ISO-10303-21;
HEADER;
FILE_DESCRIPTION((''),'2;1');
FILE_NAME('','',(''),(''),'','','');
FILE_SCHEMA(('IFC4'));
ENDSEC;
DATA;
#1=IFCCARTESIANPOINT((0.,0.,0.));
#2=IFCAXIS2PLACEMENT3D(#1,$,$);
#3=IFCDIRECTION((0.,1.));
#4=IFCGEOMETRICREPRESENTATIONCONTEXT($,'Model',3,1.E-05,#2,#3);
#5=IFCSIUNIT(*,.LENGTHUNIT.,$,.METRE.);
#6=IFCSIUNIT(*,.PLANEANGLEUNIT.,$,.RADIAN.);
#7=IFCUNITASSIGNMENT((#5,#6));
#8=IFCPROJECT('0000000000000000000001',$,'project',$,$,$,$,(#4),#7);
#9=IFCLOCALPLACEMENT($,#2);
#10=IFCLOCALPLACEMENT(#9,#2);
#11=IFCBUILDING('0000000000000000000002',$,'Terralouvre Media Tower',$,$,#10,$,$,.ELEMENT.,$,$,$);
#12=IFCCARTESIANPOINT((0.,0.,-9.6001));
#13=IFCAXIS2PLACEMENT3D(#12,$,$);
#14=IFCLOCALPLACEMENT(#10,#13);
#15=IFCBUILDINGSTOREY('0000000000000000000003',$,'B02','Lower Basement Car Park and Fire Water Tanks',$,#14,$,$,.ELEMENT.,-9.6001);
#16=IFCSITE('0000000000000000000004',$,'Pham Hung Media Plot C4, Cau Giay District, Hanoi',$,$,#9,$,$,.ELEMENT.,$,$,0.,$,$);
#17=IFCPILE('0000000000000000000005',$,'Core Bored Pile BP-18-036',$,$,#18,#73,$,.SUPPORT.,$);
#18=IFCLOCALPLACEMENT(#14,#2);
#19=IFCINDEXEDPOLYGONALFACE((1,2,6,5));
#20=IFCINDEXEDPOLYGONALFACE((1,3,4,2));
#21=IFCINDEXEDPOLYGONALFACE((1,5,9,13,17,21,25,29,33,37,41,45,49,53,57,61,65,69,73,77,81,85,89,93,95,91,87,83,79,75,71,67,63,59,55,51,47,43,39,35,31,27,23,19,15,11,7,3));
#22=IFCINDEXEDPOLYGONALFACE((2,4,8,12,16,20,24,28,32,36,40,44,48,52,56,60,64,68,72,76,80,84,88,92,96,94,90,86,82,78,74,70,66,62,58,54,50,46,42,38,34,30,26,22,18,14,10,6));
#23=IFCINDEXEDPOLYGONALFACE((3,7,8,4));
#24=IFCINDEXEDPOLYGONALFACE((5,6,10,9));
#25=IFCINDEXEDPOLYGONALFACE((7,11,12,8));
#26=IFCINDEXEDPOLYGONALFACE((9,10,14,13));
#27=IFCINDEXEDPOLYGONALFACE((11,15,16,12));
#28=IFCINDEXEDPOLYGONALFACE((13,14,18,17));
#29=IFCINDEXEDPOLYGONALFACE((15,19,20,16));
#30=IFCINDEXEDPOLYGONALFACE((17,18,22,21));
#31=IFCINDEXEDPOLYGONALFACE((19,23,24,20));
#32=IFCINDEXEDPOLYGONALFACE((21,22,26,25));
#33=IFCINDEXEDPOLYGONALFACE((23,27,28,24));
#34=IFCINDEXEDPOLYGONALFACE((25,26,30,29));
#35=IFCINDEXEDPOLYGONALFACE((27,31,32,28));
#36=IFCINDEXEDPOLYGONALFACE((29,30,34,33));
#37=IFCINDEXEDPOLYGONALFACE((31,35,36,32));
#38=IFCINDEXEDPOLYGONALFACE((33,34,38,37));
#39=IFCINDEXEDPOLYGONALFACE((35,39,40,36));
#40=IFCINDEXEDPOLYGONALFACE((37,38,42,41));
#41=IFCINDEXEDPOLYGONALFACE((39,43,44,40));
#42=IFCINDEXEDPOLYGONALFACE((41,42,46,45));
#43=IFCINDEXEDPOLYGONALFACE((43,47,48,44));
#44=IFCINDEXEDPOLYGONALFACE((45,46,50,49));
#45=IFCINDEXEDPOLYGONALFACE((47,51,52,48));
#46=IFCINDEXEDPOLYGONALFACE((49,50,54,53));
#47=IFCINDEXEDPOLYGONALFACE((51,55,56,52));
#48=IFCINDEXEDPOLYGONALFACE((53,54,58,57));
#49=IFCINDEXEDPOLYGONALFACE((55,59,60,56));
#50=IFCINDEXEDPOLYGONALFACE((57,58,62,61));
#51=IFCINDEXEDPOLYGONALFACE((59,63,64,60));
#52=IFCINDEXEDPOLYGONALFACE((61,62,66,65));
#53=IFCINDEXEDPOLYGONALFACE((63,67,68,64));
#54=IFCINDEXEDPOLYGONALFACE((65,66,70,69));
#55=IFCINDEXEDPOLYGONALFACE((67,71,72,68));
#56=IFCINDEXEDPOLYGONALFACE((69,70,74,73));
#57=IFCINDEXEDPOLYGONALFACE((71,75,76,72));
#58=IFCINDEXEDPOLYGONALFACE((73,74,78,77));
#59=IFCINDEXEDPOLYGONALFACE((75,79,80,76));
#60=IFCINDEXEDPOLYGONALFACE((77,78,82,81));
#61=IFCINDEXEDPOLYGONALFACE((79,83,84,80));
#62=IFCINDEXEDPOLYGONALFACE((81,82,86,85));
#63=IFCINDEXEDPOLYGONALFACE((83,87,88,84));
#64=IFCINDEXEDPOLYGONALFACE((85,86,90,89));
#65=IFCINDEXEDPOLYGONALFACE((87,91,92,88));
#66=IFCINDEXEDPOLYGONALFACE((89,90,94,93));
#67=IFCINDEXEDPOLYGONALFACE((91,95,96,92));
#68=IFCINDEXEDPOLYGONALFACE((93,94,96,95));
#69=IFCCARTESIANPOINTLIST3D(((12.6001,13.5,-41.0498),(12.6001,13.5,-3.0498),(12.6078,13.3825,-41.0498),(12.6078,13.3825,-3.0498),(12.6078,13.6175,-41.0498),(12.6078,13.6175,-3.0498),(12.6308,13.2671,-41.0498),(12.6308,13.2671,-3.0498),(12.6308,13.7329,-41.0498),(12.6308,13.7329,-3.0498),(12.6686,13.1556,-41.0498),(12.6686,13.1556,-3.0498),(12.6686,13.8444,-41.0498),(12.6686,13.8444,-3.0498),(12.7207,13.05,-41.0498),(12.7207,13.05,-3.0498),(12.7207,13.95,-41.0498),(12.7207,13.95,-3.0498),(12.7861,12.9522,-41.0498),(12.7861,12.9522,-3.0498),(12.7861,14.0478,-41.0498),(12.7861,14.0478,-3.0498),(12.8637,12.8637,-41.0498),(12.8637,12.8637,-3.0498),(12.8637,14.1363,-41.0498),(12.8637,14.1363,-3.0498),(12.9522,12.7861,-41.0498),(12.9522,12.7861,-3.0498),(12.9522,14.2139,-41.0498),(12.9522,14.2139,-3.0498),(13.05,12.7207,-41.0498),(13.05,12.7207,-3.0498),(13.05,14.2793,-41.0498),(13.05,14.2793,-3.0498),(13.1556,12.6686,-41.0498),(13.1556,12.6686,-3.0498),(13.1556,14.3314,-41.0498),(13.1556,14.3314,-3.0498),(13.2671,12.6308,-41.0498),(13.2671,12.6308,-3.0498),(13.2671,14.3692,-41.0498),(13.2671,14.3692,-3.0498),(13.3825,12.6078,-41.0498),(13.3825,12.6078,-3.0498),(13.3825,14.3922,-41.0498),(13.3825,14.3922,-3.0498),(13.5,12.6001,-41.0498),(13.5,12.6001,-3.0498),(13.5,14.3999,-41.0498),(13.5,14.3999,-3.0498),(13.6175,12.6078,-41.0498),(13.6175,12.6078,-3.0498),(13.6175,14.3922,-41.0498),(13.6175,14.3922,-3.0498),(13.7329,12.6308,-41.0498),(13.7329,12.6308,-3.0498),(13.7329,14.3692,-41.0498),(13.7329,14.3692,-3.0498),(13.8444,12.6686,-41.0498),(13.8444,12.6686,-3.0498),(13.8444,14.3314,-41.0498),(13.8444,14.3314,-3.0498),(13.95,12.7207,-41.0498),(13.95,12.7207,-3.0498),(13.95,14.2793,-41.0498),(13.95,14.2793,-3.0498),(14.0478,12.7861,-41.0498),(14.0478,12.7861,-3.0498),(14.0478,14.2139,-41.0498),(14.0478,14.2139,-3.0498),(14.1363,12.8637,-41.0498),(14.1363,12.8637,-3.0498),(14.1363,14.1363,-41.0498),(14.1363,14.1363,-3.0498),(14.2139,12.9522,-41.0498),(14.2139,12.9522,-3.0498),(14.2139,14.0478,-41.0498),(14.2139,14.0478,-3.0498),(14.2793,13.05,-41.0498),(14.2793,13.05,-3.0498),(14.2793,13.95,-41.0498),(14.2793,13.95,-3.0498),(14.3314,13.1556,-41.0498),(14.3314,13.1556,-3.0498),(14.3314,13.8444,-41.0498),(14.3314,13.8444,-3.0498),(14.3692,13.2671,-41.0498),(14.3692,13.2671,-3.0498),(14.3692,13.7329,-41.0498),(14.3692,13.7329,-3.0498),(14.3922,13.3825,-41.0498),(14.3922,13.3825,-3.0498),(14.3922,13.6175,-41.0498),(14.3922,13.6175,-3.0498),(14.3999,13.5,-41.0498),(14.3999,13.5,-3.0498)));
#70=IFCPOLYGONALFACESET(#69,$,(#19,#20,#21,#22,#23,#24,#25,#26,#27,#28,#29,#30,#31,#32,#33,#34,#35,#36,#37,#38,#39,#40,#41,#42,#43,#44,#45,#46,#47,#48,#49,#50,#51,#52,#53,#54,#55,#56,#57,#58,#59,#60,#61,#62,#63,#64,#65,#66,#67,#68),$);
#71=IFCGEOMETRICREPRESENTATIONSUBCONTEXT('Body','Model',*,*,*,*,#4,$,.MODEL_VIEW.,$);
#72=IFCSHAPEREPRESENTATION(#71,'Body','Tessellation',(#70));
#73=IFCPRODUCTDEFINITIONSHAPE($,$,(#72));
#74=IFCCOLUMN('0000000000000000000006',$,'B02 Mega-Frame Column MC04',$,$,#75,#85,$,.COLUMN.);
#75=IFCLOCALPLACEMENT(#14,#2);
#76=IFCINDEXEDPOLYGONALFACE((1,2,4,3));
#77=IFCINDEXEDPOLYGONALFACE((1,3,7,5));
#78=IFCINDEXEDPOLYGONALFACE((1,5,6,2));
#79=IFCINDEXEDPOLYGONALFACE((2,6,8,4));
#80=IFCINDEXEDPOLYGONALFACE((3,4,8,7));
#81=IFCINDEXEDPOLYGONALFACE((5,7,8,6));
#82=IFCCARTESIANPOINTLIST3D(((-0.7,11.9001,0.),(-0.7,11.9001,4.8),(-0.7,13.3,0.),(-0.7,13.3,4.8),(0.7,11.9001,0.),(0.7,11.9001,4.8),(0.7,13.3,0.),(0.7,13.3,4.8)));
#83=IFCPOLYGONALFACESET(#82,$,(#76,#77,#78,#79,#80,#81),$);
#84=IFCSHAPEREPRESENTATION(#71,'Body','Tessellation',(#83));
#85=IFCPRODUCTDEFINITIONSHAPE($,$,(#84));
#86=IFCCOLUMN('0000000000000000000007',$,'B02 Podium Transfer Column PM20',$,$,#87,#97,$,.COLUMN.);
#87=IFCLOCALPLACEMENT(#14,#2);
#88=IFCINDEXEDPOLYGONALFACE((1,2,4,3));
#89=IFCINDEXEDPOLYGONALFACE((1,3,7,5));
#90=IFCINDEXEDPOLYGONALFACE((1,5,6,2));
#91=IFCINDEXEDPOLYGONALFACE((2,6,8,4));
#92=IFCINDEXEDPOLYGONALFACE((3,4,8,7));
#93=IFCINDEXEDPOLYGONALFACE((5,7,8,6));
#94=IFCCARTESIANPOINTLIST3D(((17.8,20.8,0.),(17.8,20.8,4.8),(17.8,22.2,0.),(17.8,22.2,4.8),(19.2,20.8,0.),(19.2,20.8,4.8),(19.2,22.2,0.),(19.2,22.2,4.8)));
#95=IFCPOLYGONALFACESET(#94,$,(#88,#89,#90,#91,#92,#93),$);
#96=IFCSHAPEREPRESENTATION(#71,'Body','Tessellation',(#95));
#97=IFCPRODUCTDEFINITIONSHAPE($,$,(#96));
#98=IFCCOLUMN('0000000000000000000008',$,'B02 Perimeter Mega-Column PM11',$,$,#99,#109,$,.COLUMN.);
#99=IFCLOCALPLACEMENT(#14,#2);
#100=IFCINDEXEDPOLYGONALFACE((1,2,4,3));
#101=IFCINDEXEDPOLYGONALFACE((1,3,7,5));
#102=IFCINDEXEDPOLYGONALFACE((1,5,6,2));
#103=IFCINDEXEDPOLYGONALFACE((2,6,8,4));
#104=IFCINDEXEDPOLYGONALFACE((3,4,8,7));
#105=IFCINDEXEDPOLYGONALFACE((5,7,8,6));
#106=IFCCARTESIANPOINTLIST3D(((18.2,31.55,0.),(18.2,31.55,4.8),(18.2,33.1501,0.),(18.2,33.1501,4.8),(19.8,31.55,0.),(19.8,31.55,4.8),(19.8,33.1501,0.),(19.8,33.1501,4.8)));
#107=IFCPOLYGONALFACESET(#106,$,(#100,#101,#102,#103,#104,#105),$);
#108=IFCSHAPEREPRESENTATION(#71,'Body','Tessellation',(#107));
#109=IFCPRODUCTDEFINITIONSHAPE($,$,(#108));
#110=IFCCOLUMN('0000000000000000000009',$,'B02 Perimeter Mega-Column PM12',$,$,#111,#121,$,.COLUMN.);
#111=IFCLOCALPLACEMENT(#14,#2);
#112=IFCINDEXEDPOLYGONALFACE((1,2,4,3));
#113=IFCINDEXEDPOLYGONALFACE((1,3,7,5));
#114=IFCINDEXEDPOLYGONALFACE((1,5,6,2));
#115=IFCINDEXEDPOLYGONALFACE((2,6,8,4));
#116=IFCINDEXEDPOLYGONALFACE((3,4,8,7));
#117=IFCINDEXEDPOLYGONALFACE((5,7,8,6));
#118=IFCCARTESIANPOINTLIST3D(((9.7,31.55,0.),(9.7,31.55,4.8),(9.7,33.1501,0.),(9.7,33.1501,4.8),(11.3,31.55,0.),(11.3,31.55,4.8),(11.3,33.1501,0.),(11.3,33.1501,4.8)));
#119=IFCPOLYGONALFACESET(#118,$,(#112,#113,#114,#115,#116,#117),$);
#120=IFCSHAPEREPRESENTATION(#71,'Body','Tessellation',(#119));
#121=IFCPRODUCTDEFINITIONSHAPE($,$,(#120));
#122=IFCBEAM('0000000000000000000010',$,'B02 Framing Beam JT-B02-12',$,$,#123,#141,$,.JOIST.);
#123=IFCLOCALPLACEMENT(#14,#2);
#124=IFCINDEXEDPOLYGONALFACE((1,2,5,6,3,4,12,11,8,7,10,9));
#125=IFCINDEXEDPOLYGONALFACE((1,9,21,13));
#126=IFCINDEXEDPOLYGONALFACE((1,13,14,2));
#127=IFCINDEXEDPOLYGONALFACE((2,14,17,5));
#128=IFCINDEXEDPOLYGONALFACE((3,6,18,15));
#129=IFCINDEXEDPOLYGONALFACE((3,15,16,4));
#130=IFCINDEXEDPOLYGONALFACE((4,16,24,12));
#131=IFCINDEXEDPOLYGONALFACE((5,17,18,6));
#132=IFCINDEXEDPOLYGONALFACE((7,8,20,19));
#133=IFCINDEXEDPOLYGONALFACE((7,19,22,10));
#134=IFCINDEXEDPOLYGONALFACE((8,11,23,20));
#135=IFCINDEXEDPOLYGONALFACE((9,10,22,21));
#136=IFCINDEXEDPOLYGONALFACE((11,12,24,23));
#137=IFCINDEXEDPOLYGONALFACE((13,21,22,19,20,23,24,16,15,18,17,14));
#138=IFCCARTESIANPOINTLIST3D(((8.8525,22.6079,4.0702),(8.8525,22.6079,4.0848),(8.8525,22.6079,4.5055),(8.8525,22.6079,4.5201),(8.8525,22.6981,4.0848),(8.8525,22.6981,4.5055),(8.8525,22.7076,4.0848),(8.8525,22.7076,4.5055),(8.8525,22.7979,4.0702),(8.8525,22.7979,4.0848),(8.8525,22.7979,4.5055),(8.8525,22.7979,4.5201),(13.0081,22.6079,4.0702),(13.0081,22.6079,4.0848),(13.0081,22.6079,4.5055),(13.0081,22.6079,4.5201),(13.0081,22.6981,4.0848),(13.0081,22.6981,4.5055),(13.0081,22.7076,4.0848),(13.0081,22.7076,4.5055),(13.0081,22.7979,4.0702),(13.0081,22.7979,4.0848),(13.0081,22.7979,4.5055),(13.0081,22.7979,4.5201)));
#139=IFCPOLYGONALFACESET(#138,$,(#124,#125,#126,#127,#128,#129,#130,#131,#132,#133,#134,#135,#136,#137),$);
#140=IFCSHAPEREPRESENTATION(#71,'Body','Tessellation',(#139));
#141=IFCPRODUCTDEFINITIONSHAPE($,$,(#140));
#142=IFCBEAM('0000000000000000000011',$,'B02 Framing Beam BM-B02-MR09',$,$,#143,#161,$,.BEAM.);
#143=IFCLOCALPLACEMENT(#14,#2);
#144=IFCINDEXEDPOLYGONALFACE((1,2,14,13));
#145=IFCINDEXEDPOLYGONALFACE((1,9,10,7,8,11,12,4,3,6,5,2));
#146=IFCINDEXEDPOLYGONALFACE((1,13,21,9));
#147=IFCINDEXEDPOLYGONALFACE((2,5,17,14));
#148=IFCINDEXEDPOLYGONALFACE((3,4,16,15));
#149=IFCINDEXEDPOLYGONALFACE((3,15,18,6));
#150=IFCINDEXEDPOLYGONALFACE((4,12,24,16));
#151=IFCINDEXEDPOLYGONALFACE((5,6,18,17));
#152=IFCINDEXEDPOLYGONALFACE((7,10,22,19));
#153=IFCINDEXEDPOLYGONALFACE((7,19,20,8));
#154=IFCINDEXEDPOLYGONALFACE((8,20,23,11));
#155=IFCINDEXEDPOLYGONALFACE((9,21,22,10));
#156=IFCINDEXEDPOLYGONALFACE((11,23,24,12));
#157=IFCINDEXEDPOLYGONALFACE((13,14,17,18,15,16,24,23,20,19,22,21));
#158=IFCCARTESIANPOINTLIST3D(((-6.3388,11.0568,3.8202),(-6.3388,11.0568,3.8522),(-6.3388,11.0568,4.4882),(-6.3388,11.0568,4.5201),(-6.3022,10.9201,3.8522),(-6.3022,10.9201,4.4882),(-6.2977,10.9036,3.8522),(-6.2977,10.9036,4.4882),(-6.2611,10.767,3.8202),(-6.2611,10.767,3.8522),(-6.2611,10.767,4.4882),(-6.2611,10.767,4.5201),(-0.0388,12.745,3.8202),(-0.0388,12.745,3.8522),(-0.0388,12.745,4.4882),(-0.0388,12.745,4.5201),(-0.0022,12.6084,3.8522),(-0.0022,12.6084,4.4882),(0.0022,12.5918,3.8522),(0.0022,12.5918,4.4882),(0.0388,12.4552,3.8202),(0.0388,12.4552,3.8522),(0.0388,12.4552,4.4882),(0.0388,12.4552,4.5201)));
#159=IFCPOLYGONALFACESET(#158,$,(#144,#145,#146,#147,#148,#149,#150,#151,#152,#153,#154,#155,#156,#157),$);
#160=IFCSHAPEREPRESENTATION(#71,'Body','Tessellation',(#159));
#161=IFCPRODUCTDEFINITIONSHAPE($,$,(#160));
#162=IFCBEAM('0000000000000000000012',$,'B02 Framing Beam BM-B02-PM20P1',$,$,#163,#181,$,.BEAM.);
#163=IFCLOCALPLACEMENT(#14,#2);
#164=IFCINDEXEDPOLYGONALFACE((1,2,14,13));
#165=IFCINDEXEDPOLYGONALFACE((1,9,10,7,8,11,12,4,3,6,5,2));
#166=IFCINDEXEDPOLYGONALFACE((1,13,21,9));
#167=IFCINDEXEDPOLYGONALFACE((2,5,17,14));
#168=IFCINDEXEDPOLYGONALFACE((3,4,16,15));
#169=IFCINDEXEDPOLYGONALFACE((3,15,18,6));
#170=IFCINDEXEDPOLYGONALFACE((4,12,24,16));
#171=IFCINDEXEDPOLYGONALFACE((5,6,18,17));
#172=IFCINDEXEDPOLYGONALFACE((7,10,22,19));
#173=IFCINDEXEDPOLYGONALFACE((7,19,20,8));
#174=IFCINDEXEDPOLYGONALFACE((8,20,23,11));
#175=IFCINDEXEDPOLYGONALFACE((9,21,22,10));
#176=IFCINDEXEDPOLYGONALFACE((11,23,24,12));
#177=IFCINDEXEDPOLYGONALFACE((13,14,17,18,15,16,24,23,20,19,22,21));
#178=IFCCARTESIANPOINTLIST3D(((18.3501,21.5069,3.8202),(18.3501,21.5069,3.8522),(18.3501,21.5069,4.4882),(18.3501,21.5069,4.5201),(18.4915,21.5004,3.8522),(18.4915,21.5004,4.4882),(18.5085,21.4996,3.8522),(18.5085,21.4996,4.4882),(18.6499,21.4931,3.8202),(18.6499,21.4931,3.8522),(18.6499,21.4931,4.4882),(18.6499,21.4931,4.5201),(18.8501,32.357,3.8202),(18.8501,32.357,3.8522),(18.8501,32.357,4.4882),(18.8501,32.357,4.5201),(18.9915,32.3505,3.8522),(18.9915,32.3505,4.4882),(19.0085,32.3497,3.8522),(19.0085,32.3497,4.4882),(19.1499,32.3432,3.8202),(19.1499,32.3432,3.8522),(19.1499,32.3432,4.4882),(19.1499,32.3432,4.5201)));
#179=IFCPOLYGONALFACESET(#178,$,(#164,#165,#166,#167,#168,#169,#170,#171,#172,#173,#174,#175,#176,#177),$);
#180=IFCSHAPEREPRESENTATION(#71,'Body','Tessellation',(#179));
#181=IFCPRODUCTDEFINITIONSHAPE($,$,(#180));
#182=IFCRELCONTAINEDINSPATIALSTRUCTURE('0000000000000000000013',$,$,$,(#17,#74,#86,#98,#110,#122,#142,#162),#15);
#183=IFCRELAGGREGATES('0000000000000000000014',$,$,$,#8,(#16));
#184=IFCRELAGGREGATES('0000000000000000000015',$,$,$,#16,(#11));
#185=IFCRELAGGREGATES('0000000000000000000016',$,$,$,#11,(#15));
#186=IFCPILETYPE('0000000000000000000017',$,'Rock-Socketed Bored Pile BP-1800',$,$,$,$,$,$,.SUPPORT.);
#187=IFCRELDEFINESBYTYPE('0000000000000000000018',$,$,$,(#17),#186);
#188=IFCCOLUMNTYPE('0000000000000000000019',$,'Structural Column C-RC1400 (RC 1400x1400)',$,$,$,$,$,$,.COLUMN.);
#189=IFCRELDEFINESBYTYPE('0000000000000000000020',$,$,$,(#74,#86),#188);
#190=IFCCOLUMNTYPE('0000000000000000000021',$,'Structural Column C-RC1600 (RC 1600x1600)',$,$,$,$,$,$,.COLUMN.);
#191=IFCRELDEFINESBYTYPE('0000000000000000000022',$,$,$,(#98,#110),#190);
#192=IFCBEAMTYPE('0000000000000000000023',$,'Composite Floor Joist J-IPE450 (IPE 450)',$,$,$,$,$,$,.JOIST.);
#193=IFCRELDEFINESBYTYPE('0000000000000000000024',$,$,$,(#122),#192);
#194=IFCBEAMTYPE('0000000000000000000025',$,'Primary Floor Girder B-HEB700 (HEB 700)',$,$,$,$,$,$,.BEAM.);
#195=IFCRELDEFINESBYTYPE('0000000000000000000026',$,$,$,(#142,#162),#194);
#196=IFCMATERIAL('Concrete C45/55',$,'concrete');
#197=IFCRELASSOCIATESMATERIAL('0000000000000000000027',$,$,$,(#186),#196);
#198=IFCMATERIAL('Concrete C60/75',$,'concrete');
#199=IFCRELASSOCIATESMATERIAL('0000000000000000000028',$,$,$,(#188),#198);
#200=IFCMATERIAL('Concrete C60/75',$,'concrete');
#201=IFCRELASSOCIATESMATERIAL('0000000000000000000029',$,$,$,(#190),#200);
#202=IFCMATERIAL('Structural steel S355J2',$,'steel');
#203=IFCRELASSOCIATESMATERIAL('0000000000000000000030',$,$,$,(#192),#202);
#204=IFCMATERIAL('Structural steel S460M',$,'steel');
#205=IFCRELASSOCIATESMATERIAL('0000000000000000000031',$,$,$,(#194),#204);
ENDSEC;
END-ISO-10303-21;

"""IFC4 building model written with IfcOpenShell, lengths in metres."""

from ifc_helpers import new_model, si_unit, direction, frame, origin, origin_2d, place, context, subcontext, project, spatial, rectangle, circle, i_section, extrude, material, material_profile, profile_set, type_object, element, save


model = new_model("IFC4")

# Units and contexts
model_context = context("Model", 3, precision=1e-05, world=origin(), true_north=direction((0.0, 1.0)))
body_context = subcontext(model_context, "Body", "Model", "MODEL_VIEW")
ifc_project = project(units=[si_unit("LENGTHUNIT", "METRE"), si_unit("PLANEANGLEUNIT", "RADIAN")], contexts=[model_context])

# Site, building, storey
site_placement = place(None, origin())
site = spatial("IfcSite", under=ifc_project, at=site_placement, Name="Pham Hung Media Plot C4, Cau Giay District, Hanoi", CompositionType="ELEMENT", RefElevation=0.0)
building_placement = place(site_placement, origin())
building = spatial("IfcBuilding", under=site, at=building_placement, Name="Terralouvre Media Tower", CompositionType="ELEMENT")
storey_placement = place(building_placement, frame((0.0, 0.0, -9.6001)))
storey = spatial("IfcBuildingStorey", under=building, at=storey_placement, Name="B02", Description="Lower Basement Car Park and Fire Water Tanks", CompositionType="ELEMENT", Elevation=-9.6001)

# Pile
ifc_material_1 = material(Name="Concrete C45/55", Category="concrete")
ifc_material_profile_1 = material_profile(ifc_material_1, circle(Radius=0.8999, at=origin_2d()), Name="BORED PILE 1800")
ifc_profile_set_1 = profile_set([ifc_material_profile_1], Name="Concrete C45/55")
pile_type_1 = type_object("IfcPileType", Name="Rock-Socketed Bored Pile BP-1800", PredefinedType="SUPPORT", material=ifc_profile_set_1)
for number, where, z_axis, x_axis, name in (
    (1, (13.5, 13.5, -3.0498), (0.0, 0.0, -1.0), (1.0, 0.0, 0.0), "Core Bored Pile BP-18-036"),
):
    element("IfcPile", number, at=place(storey_placement, frame(where, z_axis=z_axis, x_axis=x_axis)), inside=storey, type_object=pile_type_1, Name=name, PredefinedType="SUPPORT", context=body_context, shape_type="SweptSolid", body=[
        extrude(circle(Radius=0.8999, at=origin_2d()), origin(), (0.0, 0.0, 1.0), 38.0),
    ])

# Columns
ifc_material_2 = material(Name="Concrete C60/75", Category="concrete")
ifc_material_profile_2 = material_profile(ifc_material_2, rectangle(XDim=1.3999, YDim=1.3999, at=origin_2d()), Name="RC 1400x1400")
ifc_profile_set_2 = profile_set([ifc_material_profile_2], Name="Concrete C60/75")
column_type_1 = type_object("IfcColumnType", Name="Structural Column C-RC1400 (RC 1400x1400)", PredefinedType="COLUMN", material=ifc_profile_set_2)
for number, where, z_axis, x_axis, name in (
    (2, (0.0, 12.6001, 0.0), (0.0, 0.0, 1.0), (1.0, 0.0, 0.0), "B02 Mega-Frame Column MC04"),
    (3, (18.5, 21.5, 0.0), (0.0, 0.0, 1.0), (1.0, 0.0, 0.0), "B02 Podium Transfer Column PM20"),
):
    element("IfcColumn", number, at=place(storey_placement, frame(where, z_axis=z_axis, x_axis=x_axis)), inside=storey, type_object=column_type_1, Name=name, PredefinedType="COLUMN", context=body_context, shape_type="SweptSolid", body=[
        extrude(rectangle(XDim=1.3999, YDim=1.3999, at=origin_2d()), origin(), (0.0, 0.0, 1.0), 4.8),
    ])
ifc_material_3 = material(Name="Concrete C60/75", Category="concrete")
ifc_material_profile_3 = material_profile(ifc_material_3, rectangle(XDim=1.6001, YDim=1.6001, at=origin_2d()), Name="RC 1600x1600")
ifc_profile_set_3 = profile_set([ifc_material_profile_3], Name="Concrete C60/75")
column_type_2 = type_object("IfcColumnType", Name="Structural Column C-RC1600 (RC 1600x1600)", PredefinedType="COLUMN", material=ifc_profile_set_3)
for number, where, z_axis, x_axis, name in (
    (4, (19.0, 32.3501, 0.0), (0.0, 0.0, 1.0), (1.0, 0.0, 0.0), "B02 Perimeter Mega-Column PM11"),
    (5, (10.5, 32.3501, 0.0), (0.0, 0.0, 1.0), (1.0, 0.0, 0.0), "B02 Perimeter Mega-Column PM12"),
):
    element("IfcColumn", number, at=place(storey_placement, frame(where, z_axis=z_axis, x_axis=x_axis)), inside=storey, type_object=column_type_2, Name=name, PredefinedType="COLUMN", context=body_context, shape_type="SweptSolid", body=[
        extrude(rectangle(XDim=1.6001, YDim=1.6001, at=origin_2d()), origin(), (0.0, 0.0, 1.0), 4.8),
    ])

# Beams
ifc_material_4 = material(Name="Structural steel S355J2", Category="steel")
ifc_material_profile_4 = material_profile(ifc_material_4, i_section(OverallWidth=0.1899, OverallDepth=0.45, WebThickness=0.0095, FlangeThickness=0.0146, at=origin_2d()), Name="IPE 450")
ifc_profile_set_4 = profile_set([ifc_material_profile_4], Name="Structural steel S355J2")
beam_type_1 = type_object("IfcBeamType", Name="Composite Floor Joist J-IPE450 (IPE 450)", PredefinedType="JOIST", material=ifc_profile_set_4)
beam_1_placement = place(storey_placement, frame((13.0081, 22.7029, 4.2952), z_axis=(-1.0, 0.0, 0.0), x_axis=(0.0, -1.0, 0.0)))
element("IfcBeam", 6, at=beam_1_placement, inside=storey, type_object=beam_type_1, Name="B02 Framing Beam JT-B02-12", PredefinedType="JOIST", context=body_context, shape_type="SweptSolid", body=[
    extrude(i_section(OverallWidth=0.1899, OverallDepth=0.45, WebThickness=0.0095, FlangeThickness=0.0146, at=origin_2d()), origin(), (0.0, 0.0, 1.0), 4.1555),
])
ifc_material_5 = material(Name="Structural steel S460M", Category="steel")
ifc_material_profile_5 = material_profile(ifc_material_5, i_section(OverallWidth=0.3, OverallDepth=0.7, WebThickness=0.0171, FlangeThickness=0.032, at=origin_2d()), Name="HEB 700")
ifc_profile_set_5 = profile_set([ifc_material_profile_5], Name="Structural steel S460M")
beam_type_2 = type_object("IfcBeamType", Name="Primary Floor Girder B-HEB700 (HEB 700)", PredefinedType="BEAM", material=ifc_profile_set_5)
beam_2_placement = place(storey_placement, frame((0.0, 12.6001, 4.1702), z_axis=(-0.96592, -0.258839, 0.0), x_axis=(0.258839, -0.96592, 0.0)))
element("IfcBeam", 7, at=beam_2_placement, inside=storey, type_object=beam_type_2, Name="B02 Framing Beam BM-B02-MR09", PredefinedType="BEAM", context=body_context, shape_type="SweptSolid", body=[
    extrude(i_section(OverallWidth=0.3, OverallDepth=0.7, WebThickness=0.0171, FlangeThickness=0.032, at=origin_2d()), origin(), (0.0, 0.0, 1.0), 6.5222),
])
beam_3_placement = place(storey_placement, frame((18.5, 21.5, 4.1702), z_axis=(0.046034, 0.99894, 0.0), x_axis=(-0.99894, 0.046034, 0.0)))
element("IfcBeam", 8, at=beam_3_placement, inside=storey, type_object=beam_type_2, Name="B02 Framing Beam BM-B02-PM20P1", PredefinedType="BEAM", context=body_context, shape_type="SweptSolid", body=[
    extrude(i_section(OverallWidth=0.3, OverallDepth=0.7, WebThickness=0.0171, FlangeThickness=0.032, at=origin_2d()), origin(), (0.0, 0.0, 1.0), 10.8616),
])

save(model, "model.ifc")
